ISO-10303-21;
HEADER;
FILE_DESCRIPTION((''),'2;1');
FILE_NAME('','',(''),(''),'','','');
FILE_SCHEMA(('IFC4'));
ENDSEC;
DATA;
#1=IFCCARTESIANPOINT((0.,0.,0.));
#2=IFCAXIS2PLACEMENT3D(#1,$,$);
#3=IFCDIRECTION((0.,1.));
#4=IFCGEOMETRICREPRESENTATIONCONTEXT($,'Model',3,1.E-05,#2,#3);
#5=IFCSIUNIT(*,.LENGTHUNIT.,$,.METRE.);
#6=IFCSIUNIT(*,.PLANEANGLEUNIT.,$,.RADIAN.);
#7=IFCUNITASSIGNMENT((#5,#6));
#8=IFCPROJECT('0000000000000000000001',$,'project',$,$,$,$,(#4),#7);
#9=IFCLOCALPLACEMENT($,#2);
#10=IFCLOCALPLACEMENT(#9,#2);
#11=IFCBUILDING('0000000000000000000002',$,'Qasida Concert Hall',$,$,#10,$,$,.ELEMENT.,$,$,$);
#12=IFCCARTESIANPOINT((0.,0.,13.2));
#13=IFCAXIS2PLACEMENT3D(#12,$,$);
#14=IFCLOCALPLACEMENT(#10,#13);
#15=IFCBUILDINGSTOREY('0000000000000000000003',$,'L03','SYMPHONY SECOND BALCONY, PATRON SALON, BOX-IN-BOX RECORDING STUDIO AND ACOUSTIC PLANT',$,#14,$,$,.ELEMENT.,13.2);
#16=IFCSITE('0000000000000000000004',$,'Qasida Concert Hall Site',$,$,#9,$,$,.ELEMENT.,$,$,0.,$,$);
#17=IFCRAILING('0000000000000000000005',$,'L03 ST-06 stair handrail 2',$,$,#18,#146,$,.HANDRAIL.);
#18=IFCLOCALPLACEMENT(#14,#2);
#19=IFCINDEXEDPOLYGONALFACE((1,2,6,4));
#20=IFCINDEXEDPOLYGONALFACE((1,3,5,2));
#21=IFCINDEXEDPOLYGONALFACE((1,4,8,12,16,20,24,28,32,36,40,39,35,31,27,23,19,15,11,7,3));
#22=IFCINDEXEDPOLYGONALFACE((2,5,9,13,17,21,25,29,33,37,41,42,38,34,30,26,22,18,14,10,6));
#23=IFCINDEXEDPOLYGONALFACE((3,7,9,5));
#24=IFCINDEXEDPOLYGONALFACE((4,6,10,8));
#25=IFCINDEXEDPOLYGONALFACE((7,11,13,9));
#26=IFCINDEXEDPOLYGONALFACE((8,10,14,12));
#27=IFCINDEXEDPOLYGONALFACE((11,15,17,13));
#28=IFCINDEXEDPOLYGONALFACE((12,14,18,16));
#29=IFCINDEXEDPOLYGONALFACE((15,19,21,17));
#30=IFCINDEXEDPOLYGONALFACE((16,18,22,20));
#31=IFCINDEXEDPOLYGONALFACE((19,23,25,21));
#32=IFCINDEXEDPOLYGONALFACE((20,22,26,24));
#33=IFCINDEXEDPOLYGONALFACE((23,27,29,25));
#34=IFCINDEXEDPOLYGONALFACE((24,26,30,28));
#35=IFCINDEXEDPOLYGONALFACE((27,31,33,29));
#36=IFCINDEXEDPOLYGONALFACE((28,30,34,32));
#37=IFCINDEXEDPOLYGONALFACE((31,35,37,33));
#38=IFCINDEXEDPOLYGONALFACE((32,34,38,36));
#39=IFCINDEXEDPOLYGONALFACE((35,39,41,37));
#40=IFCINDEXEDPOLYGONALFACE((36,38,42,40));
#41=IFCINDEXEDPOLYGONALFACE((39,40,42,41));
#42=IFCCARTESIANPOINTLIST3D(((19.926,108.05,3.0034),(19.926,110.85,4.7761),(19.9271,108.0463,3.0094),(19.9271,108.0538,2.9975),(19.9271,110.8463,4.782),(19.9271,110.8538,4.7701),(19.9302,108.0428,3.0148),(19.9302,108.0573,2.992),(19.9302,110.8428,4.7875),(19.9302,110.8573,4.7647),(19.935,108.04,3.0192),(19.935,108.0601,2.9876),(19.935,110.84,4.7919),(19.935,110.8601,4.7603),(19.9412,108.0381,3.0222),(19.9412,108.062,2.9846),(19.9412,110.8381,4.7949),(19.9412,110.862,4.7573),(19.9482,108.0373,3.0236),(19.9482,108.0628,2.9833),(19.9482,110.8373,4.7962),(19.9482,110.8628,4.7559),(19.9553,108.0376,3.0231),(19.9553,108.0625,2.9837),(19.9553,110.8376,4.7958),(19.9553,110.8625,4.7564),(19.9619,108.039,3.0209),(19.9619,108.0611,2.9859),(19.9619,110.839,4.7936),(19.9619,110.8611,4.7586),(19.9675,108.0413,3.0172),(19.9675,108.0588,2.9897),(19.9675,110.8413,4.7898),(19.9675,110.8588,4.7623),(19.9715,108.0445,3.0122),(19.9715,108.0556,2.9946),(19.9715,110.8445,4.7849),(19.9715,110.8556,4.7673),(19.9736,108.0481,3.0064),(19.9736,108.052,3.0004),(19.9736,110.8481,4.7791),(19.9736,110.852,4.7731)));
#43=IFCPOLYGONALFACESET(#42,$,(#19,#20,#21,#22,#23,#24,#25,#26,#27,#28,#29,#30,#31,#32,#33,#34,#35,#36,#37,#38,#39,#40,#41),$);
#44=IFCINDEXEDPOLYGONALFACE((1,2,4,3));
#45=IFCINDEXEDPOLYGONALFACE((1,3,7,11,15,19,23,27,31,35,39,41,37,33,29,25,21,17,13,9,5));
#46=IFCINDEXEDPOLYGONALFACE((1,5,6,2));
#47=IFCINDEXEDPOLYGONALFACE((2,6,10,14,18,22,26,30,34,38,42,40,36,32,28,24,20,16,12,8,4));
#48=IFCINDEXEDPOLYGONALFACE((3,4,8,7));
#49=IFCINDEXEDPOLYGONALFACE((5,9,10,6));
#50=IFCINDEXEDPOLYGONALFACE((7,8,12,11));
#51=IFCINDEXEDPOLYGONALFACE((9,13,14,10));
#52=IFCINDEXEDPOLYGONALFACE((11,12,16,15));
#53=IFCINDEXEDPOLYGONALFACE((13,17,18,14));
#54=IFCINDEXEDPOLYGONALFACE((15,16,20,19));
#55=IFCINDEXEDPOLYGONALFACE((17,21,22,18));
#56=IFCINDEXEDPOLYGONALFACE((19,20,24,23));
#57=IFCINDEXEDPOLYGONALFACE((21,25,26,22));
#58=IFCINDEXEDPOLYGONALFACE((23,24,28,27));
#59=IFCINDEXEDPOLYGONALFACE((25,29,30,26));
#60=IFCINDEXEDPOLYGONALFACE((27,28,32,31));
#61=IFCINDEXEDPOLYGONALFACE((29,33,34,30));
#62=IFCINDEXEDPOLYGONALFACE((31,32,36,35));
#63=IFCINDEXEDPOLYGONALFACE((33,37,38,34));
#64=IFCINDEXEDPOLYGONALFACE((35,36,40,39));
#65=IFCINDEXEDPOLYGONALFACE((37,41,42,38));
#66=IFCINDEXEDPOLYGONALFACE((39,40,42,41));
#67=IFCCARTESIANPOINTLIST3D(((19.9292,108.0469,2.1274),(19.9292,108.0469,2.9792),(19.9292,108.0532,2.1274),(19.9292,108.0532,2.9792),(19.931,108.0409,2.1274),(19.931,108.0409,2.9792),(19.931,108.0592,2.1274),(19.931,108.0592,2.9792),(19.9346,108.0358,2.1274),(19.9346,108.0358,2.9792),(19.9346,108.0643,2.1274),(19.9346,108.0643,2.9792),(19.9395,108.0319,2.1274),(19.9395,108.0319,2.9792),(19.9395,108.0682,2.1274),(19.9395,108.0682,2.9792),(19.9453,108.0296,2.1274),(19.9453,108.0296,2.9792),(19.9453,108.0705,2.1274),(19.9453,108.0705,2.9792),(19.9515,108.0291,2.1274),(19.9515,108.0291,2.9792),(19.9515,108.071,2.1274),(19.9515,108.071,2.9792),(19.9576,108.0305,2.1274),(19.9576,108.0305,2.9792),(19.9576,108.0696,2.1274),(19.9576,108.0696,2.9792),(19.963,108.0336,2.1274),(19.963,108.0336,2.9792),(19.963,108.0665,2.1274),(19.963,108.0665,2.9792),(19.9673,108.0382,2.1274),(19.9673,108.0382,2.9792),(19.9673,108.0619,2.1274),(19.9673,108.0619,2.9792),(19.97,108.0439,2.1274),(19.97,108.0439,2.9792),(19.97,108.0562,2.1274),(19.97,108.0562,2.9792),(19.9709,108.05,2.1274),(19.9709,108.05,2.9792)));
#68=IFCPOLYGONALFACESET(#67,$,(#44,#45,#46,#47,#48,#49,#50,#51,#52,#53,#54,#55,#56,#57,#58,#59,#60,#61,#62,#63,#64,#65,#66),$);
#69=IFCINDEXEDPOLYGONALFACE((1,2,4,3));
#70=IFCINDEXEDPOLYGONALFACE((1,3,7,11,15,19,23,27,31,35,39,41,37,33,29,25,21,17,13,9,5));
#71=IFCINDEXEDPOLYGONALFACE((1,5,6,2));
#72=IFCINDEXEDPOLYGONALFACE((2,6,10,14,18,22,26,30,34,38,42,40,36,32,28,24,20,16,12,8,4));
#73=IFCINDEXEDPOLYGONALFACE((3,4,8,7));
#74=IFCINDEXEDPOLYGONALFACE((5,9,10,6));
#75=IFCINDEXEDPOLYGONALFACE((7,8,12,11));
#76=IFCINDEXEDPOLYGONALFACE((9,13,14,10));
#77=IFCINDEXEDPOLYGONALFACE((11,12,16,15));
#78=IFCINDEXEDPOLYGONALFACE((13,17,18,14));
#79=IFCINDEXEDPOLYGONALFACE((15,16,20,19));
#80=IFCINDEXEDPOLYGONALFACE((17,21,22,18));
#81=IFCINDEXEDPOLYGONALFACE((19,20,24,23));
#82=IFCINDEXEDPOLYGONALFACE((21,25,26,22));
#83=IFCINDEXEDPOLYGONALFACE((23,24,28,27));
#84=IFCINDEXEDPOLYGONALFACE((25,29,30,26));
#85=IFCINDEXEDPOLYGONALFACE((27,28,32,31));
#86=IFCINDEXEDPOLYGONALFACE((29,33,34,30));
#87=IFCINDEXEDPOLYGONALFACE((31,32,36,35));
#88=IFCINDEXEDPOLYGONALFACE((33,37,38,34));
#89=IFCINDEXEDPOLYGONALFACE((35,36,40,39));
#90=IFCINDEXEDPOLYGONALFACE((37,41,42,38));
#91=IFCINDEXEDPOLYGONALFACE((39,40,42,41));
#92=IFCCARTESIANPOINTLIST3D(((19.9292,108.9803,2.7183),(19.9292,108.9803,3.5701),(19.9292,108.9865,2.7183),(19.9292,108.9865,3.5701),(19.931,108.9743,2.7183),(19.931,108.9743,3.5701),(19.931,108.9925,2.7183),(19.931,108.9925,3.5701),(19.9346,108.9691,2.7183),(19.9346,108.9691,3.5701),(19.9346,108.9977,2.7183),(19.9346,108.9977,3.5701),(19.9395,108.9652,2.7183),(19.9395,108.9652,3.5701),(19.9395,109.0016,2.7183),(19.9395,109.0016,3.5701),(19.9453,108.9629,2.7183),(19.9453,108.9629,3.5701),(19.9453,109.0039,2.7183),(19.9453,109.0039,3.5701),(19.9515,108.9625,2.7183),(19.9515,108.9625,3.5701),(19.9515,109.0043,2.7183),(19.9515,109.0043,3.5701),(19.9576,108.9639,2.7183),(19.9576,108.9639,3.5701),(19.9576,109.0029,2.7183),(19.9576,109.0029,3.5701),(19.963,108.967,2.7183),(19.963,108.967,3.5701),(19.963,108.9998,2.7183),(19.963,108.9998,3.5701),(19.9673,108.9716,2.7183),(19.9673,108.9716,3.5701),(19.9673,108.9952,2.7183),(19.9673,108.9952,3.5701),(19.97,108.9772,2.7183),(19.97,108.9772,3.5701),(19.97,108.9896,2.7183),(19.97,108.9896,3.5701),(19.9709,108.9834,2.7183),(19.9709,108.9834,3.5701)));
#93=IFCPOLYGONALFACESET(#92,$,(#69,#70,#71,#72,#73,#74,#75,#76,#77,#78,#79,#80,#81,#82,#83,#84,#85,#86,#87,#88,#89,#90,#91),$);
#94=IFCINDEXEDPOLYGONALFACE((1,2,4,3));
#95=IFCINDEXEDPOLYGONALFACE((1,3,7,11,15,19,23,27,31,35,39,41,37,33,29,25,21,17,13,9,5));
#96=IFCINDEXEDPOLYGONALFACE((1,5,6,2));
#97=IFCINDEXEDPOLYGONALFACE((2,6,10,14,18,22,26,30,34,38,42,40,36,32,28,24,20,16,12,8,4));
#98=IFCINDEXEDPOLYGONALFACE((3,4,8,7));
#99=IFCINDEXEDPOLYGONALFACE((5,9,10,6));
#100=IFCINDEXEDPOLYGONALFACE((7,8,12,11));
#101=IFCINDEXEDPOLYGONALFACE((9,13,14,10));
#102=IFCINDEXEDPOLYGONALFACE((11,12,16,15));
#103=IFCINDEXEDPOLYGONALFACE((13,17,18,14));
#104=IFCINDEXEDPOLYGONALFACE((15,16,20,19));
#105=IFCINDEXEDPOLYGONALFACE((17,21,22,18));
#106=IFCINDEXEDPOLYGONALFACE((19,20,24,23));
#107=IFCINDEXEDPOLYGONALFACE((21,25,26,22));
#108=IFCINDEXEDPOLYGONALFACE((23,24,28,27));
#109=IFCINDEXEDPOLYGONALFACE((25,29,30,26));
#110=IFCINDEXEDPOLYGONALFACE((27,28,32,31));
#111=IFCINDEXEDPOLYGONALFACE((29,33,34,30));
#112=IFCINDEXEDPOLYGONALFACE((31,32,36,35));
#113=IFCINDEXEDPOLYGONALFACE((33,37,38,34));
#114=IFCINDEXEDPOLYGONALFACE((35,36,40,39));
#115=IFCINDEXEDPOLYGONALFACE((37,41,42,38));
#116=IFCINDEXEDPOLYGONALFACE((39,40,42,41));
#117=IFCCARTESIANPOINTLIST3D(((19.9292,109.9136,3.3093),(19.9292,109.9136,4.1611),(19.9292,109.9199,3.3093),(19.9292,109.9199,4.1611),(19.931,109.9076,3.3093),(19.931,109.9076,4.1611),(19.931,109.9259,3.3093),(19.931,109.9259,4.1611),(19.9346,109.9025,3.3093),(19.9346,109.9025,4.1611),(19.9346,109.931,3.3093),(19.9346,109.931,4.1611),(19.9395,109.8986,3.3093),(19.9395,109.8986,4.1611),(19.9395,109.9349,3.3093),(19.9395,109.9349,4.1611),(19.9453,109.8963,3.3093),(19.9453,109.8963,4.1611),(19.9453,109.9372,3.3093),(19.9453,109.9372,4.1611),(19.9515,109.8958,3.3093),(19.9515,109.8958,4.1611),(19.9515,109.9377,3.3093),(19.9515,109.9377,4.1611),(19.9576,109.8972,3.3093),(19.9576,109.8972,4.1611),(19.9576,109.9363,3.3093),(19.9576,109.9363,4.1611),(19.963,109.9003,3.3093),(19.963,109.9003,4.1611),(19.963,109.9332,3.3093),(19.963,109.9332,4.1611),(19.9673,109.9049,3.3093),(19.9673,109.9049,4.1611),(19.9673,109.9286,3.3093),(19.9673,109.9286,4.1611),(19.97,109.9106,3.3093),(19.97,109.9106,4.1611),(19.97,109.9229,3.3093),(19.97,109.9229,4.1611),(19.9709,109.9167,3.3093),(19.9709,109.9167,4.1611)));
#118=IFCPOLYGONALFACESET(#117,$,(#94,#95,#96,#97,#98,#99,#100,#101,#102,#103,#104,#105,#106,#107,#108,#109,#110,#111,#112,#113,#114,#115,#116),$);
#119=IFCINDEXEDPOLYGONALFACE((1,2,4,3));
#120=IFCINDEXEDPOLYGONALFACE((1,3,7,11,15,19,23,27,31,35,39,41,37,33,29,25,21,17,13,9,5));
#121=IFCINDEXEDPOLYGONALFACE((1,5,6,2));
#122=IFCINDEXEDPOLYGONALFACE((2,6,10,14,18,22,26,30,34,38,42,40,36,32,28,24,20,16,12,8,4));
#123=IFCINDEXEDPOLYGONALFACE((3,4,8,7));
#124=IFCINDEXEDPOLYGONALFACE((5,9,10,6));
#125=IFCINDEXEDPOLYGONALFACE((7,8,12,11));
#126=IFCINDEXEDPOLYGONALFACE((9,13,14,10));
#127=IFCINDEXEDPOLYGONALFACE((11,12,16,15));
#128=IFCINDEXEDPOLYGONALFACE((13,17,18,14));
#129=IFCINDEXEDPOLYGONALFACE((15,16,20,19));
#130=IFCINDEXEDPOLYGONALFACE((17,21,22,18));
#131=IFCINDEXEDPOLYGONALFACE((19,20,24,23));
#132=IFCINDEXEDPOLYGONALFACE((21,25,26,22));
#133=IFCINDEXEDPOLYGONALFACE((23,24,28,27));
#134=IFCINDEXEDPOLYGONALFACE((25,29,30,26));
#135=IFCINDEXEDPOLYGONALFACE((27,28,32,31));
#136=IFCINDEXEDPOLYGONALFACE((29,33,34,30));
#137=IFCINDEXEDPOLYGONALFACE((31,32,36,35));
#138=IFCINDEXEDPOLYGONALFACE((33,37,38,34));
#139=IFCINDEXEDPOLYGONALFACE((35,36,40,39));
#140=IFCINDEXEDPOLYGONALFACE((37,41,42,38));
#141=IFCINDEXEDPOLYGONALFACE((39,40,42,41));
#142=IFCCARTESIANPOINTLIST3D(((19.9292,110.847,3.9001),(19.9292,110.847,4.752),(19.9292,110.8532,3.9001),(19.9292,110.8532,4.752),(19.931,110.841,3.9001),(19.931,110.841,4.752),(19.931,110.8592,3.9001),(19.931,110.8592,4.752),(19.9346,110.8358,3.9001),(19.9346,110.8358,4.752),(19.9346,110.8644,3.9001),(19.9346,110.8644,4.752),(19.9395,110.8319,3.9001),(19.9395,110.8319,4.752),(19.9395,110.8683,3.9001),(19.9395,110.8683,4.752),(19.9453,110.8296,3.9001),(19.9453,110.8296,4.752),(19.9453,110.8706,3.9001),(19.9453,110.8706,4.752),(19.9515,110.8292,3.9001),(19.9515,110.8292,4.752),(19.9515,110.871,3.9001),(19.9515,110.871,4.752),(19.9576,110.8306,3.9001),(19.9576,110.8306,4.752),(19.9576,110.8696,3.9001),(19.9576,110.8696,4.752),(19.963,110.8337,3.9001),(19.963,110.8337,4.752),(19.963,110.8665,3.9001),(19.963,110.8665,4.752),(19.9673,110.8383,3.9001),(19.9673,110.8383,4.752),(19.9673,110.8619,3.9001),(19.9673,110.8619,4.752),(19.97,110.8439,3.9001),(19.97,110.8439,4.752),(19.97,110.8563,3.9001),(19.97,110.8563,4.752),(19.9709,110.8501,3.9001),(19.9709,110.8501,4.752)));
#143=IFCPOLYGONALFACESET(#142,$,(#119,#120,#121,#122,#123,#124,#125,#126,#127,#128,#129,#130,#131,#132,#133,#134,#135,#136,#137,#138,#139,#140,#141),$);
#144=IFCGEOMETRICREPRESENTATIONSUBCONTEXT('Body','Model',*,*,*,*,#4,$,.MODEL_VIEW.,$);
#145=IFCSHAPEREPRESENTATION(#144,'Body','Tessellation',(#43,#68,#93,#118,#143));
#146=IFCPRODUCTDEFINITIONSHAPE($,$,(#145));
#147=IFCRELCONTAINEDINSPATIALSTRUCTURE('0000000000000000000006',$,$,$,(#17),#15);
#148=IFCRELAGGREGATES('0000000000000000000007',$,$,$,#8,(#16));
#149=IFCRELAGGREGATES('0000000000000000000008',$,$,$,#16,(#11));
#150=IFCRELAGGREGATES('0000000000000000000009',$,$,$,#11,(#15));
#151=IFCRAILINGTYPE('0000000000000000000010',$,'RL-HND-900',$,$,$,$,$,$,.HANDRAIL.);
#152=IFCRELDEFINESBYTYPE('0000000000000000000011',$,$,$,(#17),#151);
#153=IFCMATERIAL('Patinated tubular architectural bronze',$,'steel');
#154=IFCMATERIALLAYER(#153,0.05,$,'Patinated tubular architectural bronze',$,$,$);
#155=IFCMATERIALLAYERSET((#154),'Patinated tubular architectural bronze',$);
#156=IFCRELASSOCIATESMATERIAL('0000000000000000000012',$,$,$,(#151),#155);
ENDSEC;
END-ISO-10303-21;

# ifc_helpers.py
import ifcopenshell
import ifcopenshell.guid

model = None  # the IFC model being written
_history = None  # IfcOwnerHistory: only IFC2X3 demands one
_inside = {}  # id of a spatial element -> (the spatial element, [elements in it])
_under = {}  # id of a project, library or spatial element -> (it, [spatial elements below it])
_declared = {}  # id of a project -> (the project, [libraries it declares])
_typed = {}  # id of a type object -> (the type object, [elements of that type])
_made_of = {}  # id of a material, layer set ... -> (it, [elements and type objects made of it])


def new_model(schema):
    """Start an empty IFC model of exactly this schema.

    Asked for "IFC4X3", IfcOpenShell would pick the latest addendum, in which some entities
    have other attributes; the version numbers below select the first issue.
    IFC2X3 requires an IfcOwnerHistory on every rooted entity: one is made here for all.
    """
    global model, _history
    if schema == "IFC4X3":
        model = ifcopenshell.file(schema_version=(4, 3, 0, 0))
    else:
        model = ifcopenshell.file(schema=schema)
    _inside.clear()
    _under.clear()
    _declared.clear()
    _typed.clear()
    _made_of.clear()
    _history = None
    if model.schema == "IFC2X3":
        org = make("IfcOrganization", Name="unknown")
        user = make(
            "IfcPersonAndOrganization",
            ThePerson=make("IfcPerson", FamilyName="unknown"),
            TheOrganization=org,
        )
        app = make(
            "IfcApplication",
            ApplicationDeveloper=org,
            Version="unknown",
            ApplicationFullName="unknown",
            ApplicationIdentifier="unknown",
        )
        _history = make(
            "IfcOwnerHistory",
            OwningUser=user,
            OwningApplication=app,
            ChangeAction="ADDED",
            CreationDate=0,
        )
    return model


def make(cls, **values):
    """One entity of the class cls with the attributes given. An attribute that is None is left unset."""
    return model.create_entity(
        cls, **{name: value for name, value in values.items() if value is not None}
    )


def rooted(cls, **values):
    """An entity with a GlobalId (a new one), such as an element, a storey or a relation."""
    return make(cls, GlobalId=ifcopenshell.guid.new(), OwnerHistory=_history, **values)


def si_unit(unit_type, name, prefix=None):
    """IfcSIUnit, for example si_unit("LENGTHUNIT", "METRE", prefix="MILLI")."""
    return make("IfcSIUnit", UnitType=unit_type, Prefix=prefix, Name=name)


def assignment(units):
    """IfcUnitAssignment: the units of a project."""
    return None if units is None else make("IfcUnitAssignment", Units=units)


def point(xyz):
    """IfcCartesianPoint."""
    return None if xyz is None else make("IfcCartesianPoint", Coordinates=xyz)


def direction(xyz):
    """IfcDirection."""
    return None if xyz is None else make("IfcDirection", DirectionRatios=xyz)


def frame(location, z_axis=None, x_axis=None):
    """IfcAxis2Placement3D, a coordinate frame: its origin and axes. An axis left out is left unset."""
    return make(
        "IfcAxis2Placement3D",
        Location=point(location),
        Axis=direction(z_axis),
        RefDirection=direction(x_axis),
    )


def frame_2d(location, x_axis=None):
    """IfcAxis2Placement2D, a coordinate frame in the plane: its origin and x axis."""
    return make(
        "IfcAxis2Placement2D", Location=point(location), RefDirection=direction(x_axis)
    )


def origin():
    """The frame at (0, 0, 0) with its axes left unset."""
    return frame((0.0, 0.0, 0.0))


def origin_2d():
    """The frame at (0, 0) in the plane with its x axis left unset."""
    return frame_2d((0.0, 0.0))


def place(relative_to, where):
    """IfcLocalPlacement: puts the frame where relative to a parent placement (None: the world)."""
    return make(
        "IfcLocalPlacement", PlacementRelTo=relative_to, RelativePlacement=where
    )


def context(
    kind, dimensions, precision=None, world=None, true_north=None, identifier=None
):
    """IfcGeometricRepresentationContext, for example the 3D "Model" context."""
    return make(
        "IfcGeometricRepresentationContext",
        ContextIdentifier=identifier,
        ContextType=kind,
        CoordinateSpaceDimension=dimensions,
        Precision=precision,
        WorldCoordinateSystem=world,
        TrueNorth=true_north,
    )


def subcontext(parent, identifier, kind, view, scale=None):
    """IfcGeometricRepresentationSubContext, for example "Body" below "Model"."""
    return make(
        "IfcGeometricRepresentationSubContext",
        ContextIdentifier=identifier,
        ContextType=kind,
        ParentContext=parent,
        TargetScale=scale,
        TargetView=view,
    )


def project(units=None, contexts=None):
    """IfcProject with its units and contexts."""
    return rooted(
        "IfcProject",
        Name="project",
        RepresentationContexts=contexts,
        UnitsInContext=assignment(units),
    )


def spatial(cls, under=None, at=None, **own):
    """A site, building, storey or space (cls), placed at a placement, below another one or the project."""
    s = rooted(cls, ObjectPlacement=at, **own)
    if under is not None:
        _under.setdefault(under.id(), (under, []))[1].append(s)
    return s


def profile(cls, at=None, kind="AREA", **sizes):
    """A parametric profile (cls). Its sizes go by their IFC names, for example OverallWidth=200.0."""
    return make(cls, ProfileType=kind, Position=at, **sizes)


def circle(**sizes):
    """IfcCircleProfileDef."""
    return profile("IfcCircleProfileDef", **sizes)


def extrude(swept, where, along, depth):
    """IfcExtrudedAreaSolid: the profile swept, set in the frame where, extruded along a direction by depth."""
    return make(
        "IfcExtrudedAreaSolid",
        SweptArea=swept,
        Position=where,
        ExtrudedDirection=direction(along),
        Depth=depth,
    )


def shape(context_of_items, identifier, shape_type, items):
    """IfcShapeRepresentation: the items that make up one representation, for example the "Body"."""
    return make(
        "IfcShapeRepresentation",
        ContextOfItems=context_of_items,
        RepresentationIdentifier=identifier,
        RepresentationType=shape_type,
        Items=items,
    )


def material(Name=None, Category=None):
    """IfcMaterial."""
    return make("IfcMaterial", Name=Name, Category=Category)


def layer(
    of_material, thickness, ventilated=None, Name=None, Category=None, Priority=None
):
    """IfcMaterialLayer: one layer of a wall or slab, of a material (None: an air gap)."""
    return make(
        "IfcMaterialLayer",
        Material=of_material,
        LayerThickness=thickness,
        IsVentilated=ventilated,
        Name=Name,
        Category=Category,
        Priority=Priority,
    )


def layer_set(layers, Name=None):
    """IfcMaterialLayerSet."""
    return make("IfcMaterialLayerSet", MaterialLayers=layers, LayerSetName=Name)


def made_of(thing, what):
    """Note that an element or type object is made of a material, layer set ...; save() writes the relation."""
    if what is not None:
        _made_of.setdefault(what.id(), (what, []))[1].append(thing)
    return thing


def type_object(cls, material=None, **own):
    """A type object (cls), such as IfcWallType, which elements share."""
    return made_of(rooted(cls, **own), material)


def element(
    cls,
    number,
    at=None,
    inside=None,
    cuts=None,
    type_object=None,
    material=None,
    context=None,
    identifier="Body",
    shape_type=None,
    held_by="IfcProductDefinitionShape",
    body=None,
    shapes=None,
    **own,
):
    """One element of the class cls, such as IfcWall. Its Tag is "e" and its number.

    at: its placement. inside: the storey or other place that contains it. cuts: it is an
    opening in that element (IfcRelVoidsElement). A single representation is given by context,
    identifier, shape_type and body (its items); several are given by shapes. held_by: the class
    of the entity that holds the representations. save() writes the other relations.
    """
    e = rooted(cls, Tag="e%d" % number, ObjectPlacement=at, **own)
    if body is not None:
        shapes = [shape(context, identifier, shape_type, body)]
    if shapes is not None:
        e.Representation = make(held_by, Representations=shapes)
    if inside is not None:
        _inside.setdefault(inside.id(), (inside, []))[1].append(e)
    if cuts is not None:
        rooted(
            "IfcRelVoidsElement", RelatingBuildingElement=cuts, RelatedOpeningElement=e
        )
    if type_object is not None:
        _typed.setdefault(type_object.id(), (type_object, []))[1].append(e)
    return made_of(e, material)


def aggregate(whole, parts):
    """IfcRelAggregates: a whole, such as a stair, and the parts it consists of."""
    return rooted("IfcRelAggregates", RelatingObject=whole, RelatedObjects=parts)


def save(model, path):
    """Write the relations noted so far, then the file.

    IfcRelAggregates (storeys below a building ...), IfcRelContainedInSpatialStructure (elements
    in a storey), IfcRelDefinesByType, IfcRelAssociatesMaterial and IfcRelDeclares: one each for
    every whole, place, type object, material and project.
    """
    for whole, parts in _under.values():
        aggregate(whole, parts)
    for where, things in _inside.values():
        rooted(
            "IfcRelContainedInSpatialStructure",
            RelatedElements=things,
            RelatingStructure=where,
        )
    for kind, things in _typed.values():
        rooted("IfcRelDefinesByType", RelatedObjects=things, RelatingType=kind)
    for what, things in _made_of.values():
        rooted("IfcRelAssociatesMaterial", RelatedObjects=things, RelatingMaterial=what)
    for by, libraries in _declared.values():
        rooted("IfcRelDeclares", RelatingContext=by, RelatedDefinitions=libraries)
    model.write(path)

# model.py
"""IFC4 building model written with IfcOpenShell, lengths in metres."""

from ifc_helpers import new_model, si_unit, direction, frame, origin, origin_2d, place, context, subcontext, project, spatial, circle, extrude, material, layer, layer_set, type_object, element, save


model = new_model("IFC4")

# Units and contexts
model_context = context("Model", 3, precision=1e-05, world=origin(), true_north=direction((0.0, 1.0)))
body_context = subcontext(model_context, "Body", "Model", "MODEL_VIEW")
ifc_project = project(units=[si_unit("LENGTHUNIT", "METRE"), si_unit("PLANEANGLEUNIT", "RADIAN")], contexts=[model_context])

# Site, building, storey
site_placement = place(None, origin())
site = spatial("IfcSite", under=ifc_project, at=site_placement, Name="Qasida Concert Hall Site", CompositionType="ELEMENT", RefElevation=0.0)
building_placement = place(site_placement, origin())
building = spatial("IfcBuilding", under=site, at=building_placement, Name="Qasida Concert Hall", CompositionType="ELEMENT")
storey_placement = place(building_placement, frame((0.0, 0.0, 13.2)))
storey = spatial("IfcBuildingStorey", under=building, at=storey_placement, Name="L03", Description="SYMPHONY SECOND BALCONY, PATRON SALON, BOX-IN-BOX RECORDING STUDIO AND ACOUSTIC PLANT", CompositionType="ELEMENT", Elevation=13.2)

# Railing
ifc_material_1 = material(Name="Patinated tubular architectural bronze", Category="steel")
ifc_layer_1 = layer(ifc_material_1, 0.05, Name="Patinated tubular architectural bronze")
ifc_layer_set_1 = layer_set([ifc_layer_1], Name="Patinated tubular architectural bronze")
railing_type_1 = type_object("IfcRailingType", Name="RL-HND-900", PredefinedType="HANDRAIL", material=ifc_layer_set_1)
railing_1_placement = place(storey_placement, frame((19.95, 108.05, 2.1274)))
element("IfcRailing", 1, at=railing_1_placement, inside=storey, type_object=railing_type_1, Name="L03 ST-06 stair handrail 2", PredefinedType="HANDRAIL", context=body_context, shape_type="SweptSolid", body=[
    extrude(circle(Radius=0.0239, at=origin_2d()), frame((0.0, 0.0, 0.876), z_axis=(0.0, 0.844909, 0.53491), x_axis=(-1.0, 0.0, 0.0)), (0.0, 0.0, 1.0), 3.314),
    extrude(circle(Radius=0.021, at=origin_2d()), origin(), (0.0, 0.0, 1.0), 0.8518),
    extrude(circle(Radius=0.021, at=origin_2d()), frame((0.0, 0.9333, 0.5908)), (0.0, 0.0, 1.0), 0.8518),
    extrude(circle(Radius=0.021, at=origin_2d()), frame((0.0, 1.8667, 1.1819)), (0.0, 0.0, 1.0), 0.8518),
    extrude(circle(Radius=0.021, at=origin_2d()), frame((0.0, 2.8, 1.7727)), (0.0, 0.0, 1.0), 0.8518),
])

save(model, "model.ifc")
